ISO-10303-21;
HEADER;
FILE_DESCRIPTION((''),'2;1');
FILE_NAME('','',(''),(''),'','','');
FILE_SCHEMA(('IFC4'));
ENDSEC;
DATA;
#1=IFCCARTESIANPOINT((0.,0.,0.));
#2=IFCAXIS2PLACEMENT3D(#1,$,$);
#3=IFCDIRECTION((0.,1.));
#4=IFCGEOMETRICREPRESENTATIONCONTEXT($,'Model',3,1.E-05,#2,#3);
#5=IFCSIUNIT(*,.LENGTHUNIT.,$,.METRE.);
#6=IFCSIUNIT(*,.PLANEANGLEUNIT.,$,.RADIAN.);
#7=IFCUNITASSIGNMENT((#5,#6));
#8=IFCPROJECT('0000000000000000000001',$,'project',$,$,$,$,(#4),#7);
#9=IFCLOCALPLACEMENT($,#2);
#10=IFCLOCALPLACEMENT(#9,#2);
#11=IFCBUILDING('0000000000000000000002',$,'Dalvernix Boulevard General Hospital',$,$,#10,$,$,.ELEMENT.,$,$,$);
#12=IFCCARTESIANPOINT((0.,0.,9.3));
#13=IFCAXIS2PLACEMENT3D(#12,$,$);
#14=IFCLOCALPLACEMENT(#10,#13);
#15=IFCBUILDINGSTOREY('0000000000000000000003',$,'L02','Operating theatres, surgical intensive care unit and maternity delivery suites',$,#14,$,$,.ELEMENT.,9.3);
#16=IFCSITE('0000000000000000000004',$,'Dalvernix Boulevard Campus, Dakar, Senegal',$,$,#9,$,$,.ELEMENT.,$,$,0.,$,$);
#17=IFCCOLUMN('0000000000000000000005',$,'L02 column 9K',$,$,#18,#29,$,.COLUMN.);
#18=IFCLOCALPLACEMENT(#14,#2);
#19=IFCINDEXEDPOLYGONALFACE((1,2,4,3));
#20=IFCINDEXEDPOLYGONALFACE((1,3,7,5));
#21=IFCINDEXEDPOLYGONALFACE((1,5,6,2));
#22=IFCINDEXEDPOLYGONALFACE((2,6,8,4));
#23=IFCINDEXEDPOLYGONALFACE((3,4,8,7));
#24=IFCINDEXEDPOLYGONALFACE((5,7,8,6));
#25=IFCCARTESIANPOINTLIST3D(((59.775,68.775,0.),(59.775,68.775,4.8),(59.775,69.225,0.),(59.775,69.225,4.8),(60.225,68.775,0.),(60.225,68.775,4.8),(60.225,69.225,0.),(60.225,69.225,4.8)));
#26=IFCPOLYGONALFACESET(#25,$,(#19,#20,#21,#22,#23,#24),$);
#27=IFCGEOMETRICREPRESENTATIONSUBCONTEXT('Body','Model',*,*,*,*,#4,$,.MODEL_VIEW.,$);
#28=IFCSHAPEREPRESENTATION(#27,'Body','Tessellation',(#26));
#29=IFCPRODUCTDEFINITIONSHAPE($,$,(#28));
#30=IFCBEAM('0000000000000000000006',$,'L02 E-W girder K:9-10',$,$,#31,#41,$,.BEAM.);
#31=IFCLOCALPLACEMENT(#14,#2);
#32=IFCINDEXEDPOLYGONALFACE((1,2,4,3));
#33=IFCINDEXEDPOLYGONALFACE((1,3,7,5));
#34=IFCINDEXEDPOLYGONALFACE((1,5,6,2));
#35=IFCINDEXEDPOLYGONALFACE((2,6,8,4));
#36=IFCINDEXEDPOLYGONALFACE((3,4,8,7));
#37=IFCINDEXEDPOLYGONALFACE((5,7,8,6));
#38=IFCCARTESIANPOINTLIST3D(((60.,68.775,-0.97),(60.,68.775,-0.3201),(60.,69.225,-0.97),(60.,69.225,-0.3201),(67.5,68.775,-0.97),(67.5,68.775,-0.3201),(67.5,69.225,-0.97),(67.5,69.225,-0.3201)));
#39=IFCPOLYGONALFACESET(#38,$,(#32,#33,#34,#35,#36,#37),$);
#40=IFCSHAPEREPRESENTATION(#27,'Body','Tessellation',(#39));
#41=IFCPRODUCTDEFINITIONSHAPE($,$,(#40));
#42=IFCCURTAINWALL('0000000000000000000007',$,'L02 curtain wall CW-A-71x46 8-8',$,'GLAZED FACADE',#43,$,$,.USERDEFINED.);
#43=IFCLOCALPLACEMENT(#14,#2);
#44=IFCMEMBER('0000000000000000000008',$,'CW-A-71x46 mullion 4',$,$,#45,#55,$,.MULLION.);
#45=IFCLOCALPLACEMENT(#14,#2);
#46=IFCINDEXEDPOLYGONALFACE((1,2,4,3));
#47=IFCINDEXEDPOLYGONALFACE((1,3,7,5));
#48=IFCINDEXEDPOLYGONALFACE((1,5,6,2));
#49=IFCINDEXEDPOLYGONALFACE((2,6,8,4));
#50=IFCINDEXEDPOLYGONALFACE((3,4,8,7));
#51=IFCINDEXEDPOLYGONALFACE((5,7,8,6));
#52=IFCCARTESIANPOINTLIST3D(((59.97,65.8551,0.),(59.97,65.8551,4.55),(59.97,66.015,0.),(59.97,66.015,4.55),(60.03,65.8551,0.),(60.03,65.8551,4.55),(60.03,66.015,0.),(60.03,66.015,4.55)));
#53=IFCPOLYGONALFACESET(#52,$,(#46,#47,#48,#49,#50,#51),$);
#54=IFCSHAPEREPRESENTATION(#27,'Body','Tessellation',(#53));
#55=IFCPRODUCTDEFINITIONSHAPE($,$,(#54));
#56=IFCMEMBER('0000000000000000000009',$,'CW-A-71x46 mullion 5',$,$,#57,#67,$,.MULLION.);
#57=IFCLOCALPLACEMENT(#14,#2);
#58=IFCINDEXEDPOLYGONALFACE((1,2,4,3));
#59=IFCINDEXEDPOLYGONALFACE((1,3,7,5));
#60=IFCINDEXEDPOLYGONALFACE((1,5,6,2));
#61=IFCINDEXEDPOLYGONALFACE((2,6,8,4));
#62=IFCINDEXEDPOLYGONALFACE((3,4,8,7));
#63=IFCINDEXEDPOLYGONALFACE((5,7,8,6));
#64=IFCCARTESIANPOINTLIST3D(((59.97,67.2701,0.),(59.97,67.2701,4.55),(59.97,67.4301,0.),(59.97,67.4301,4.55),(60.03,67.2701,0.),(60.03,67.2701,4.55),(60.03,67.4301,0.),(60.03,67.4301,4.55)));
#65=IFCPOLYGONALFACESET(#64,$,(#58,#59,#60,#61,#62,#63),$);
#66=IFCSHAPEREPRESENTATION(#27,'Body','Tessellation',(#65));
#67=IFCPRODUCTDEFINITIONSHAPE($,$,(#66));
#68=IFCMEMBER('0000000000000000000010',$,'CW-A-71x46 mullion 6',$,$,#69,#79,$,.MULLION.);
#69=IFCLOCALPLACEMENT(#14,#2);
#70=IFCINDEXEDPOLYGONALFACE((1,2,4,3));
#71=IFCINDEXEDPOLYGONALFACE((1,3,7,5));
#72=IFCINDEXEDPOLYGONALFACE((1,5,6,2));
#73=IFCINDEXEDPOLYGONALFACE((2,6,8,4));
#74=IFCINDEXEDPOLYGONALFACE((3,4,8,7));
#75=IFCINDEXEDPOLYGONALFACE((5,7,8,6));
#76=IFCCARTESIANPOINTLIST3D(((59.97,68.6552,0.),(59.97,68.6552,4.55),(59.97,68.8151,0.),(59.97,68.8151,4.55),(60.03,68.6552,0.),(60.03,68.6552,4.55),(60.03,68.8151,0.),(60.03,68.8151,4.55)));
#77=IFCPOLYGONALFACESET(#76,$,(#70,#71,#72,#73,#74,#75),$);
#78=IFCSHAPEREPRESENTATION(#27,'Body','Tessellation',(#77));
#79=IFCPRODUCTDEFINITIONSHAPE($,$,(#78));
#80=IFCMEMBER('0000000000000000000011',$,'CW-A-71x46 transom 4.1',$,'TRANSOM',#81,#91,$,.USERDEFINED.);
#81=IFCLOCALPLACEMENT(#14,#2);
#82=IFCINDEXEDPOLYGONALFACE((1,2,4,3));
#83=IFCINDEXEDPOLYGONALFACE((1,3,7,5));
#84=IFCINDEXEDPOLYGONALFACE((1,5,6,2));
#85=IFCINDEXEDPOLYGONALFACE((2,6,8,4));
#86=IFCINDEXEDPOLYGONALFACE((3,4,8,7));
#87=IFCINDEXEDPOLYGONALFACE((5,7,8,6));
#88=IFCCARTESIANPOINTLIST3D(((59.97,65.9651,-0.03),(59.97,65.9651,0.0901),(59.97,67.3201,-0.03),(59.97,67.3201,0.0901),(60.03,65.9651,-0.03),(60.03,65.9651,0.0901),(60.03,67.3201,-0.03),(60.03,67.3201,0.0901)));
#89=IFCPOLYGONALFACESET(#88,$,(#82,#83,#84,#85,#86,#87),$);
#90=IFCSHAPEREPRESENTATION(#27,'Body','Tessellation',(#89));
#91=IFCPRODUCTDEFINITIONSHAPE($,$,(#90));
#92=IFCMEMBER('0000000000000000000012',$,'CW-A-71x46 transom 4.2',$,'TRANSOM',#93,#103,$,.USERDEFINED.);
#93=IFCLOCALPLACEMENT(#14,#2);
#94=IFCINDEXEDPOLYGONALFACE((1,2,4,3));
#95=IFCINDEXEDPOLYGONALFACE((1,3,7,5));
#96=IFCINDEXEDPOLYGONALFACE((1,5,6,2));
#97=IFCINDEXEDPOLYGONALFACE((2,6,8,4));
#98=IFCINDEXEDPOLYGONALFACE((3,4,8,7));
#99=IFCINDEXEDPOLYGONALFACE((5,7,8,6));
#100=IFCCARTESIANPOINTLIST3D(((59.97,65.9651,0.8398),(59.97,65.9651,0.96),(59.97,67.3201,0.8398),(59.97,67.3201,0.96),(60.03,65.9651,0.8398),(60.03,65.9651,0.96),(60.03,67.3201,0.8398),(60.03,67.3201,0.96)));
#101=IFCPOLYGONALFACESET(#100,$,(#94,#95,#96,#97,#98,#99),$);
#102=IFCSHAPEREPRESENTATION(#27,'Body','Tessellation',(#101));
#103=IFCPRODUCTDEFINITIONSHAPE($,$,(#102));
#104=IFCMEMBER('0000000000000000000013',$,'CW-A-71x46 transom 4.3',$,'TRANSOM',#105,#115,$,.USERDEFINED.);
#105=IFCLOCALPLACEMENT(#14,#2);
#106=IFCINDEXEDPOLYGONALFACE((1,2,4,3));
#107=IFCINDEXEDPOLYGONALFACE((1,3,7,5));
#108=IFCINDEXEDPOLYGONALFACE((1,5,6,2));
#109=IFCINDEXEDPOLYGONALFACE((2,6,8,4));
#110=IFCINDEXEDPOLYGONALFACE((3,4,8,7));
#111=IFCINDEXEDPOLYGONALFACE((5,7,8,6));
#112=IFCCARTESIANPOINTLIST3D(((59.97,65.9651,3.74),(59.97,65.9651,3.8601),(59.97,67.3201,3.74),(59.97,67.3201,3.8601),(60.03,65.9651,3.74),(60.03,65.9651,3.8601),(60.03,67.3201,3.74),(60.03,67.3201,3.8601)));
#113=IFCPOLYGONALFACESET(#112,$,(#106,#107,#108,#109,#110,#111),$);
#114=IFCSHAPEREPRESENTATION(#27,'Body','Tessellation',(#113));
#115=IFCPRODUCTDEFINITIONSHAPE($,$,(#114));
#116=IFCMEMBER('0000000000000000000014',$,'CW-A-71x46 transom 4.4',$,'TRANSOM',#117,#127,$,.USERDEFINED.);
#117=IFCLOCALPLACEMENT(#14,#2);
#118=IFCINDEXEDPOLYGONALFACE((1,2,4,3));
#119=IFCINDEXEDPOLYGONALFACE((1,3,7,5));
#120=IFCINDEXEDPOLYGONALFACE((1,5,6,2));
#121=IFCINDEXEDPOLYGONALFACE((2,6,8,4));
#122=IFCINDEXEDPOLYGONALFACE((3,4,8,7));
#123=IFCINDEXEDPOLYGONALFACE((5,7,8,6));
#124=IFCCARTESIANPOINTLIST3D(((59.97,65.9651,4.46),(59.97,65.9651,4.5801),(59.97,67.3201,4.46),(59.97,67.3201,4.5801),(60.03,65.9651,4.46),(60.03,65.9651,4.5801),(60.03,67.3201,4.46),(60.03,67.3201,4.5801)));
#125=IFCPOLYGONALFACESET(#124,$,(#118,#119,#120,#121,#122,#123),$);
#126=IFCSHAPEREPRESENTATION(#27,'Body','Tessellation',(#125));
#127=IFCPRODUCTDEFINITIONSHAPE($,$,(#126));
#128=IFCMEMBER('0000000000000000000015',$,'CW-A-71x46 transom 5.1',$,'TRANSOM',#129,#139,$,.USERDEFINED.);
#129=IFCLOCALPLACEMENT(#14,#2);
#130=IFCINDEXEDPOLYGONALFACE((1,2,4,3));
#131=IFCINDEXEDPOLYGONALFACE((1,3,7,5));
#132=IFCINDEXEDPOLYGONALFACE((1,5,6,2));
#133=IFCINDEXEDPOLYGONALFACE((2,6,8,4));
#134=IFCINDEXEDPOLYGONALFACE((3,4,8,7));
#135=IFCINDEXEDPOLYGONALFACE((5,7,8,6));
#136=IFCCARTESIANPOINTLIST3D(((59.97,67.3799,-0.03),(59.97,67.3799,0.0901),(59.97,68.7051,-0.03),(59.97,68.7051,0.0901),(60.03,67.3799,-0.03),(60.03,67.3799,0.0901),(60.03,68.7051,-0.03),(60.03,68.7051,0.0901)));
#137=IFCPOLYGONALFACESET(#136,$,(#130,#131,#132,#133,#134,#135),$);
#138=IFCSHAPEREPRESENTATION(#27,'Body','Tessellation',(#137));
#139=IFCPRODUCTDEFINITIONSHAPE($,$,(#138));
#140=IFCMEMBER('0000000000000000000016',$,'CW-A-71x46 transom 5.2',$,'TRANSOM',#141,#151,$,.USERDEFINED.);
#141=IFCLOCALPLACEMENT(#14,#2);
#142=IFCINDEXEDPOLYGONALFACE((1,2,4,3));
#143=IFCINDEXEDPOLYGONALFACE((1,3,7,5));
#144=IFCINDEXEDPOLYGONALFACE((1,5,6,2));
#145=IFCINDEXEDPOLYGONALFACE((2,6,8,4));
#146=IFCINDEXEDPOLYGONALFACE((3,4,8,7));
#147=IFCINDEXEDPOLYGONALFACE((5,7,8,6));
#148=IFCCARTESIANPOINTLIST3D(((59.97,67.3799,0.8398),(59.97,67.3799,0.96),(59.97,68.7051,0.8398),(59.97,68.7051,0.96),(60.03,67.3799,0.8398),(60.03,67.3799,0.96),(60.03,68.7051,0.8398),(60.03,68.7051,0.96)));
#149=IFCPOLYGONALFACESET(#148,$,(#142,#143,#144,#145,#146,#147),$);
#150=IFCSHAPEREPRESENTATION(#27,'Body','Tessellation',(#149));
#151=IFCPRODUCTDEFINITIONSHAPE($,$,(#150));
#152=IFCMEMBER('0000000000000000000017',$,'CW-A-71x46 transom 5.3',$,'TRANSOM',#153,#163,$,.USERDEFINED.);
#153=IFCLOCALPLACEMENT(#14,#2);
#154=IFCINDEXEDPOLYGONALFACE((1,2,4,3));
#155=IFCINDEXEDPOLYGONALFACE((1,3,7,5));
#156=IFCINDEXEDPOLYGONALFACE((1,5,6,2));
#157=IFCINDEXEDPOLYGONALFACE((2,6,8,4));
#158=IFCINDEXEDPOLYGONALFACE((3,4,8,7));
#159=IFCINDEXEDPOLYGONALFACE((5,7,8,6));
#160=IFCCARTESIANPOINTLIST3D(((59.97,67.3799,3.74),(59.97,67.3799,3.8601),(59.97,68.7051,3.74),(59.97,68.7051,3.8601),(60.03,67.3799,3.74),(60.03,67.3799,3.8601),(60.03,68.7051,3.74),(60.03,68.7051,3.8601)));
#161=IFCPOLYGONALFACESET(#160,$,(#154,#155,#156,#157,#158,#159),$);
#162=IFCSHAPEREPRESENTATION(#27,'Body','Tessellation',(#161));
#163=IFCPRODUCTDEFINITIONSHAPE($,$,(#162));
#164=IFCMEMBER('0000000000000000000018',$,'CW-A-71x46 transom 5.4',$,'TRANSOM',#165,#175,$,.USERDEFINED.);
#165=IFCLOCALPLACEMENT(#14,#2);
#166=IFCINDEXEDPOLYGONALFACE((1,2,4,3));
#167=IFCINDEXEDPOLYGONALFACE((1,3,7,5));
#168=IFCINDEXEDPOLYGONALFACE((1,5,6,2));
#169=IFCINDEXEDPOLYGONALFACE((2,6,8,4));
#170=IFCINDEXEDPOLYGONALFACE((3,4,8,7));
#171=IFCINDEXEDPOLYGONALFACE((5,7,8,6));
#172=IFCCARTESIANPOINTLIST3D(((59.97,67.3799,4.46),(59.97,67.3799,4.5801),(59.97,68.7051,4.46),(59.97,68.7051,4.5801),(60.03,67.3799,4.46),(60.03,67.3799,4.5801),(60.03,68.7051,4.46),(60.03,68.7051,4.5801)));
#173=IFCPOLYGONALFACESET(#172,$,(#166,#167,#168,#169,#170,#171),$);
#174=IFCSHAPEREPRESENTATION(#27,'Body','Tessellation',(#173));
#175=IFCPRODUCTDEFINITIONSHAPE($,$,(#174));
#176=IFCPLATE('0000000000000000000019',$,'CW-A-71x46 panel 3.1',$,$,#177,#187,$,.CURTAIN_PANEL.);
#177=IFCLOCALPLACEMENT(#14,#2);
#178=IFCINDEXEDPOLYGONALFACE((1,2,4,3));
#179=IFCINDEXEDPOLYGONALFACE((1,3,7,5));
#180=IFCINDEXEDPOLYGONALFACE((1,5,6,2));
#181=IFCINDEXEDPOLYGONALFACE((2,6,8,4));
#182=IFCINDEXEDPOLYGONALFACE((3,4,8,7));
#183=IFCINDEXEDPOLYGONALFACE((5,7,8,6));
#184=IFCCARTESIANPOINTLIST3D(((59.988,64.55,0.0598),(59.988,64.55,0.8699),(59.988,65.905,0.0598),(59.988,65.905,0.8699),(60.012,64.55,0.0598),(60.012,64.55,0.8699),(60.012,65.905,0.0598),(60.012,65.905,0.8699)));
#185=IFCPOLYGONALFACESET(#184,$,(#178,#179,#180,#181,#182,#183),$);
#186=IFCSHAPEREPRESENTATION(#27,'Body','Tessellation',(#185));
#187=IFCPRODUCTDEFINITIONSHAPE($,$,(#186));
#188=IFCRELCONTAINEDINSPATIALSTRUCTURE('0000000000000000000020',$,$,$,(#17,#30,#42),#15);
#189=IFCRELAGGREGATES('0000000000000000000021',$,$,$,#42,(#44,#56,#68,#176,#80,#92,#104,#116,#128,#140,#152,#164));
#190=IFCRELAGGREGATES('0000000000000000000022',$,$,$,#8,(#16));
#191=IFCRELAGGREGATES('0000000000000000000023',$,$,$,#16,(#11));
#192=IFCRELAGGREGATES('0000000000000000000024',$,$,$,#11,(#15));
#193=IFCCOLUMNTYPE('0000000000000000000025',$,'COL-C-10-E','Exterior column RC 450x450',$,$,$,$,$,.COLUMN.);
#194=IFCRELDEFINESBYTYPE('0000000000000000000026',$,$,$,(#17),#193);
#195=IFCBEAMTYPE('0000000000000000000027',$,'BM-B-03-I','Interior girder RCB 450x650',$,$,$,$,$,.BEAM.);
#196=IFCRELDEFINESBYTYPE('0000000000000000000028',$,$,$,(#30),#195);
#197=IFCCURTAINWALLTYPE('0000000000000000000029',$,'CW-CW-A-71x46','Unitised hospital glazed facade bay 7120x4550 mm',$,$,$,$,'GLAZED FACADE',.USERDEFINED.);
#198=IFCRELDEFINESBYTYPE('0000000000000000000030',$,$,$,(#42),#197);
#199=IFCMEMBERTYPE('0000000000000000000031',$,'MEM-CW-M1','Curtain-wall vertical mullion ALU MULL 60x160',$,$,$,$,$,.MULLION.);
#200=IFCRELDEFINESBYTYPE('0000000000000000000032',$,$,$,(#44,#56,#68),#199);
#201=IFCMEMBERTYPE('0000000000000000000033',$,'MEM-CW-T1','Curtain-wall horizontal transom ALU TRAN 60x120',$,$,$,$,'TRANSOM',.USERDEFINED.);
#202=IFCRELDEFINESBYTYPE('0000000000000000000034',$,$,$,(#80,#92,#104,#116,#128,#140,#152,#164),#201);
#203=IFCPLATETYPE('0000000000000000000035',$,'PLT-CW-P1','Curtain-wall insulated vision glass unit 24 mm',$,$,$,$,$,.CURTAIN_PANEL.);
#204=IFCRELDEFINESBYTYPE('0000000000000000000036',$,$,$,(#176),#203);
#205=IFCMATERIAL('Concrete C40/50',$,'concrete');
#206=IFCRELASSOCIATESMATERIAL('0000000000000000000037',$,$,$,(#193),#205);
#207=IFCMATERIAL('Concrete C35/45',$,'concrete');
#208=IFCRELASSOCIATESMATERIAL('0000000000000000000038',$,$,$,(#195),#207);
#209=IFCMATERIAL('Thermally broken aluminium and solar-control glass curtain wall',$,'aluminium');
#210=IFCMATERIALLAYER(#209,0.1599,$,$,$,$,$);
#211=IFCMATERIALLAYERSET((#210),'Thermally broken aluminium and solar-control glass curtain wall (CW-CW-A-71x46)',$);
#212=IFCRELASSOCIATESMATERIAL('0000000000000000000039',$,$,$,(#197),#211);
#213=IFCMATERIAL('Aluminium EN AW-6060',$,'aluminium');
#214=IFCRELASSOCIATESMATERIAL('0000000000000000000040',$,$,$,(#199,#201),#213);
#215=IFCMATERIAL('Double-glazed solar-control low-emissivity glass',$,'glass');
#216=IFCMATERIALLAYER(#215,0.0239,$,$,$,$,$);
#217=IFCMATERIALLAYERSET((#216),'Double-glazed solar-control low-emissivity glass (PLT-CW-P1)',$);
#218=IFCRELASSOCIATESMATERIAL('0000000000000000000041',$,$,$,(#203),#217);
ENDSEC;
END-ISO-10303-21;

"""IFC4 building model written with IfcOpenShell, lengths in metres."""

from ifc_helpers import new_model, si_unit, direction, frame, origin, origin_2d, place, context, subcontext, project, spatial, rectangle, extrude, material, layer, layer_set, material_profile, profile_set, type_object, element, aggregate, save


model = new_model("IFC4")

# Units and contexts
model_context = context("Model", 3, precision=1e-05, world=origin(), true_north=direction((0.0, 1.0)))
body_context = subcontext(model_context, "Body", "Model", "MODEL_VIEW")
ifc_project = project(units=[si_unit("LENGTHUNIT", "METRE"), si_unit("PLANEANGLEUNIT", "RADIAN")], contexts=[model_context])

# Site, building, storey
site_placement = place(None, origin())
site = spatial("IfcSite", under=ifc_project, at=site_placement, Name="Dalvernix Boulevard Campus, Dakar, Senegal", CompositionType="ELEMENT", RefElevation=0.0)
building_placement = place(site_placement, origin())
building = spatial("IfcBuilding", under=site, at=building_placement, Name="Dalvernix Boulevard General Hospital", CompositionType="ELEMENT")
storey_placement = place(building_placement, frame((0.0, 0.0, 9.3)))
storey = spatial("IfcBuildingStorey", under=building, at=storey_placement, Name="L02", Description="Operating theatres, surgical intensive care unit and maternity delivery suites", CompositionType="ELEMENT", Elevation=9.3)

# Column
ifc_material_1 = material(Name="Concrete C40/50", Category="concrete")
ifc_material_profile_1 = material_profile(ifc_material_1, rectangle(XDim=0.45, YDim=0.45, at=origin_2d()), Name="RC 450x450")
ifc_profile_set_1 = profile_set([ifc_material_profile_1], Name="Concrete C40/50")
column_type = type_object("IfcColumnType", Name="COL-C-10-E", Description="Exterior column RC 450x450", PredefinedType="COLUMN", material=ifc_profile_set_1)
column_placement = place(storey_placement, frame((60.0, 69.0, 0.0), z_axis=(0.0, 0.0, 1.0), x_axis=(1.0, 0.0, 0.0)))
element("IfcColumn", 1, at=column_placement, inside=storey, type_object=column_type, Name="L02 column 9K", PredefinedType="COLUMN", context=body_context, shape_type="SweptSolid", body=[
    extrude(rectangle(XDim=0.45, YDim=0.45, at=origin_2d()), origin(), (0.0, 0.0, 1.0), 4.8),
])

# Beam
ifc_material_2 = material(Name="Concrete C35/45", Category="concrete")
ifc_material_profile_2 = material_profile(ifc_material_2, rectangle(XDim=0.45, YDim=0.6499, at=origin_2d()), Name="RCB 450x650")
ifc_profile_set_2 = profile_set([ifc_material_profile_2], Name="Concrete C35/45")
beam_type = type_object("IfcBeamType", Name="BM-B-03-I", Description="Interior girder RCB 450x650", PredefinedType="BEAM", material=ifc_profile_set_2)
beam_placement = place(storey_placement, frame((60.0, 69.0, -0.645), z_axis=(1.0, 0.0, 0.0), x_axis=(0.0, 1.0, 0.0)))
element("IfcBeam", 2, at=beam_placement, inside=storey, type_object=beam_type, Name="L02 E-W girder K:9-10", PredefinedType="BEAM", context=body_context, shape_type="SweptSolid", body=[
    extrude(rectangle(XDim=0.45, YDim=0.6499, at=origin_2d()), origin(), (0.0, 0.0, 1.0), 7.5),
])

# Curtain wall, members, plate
ifc_material_3 = material(Name="Thermally broken aluminium and solar-control glass curtain wall", Category="aluminium")
ifc_layer_1 = layer(ifc_material_3, 0.1599)
ifc_layer_set_1 = layer_set([ifc_layer_1], Name="Thermally broken aluminium and solar-control glass curtain wall (CW-CW-A-71x46)")
curtain_wall_type = type_object("IfcCurtainWallType", Name="CW-CW-A-71x46", Description="Unitised hospital glazed facade bay 7120x4550 mm", ElementType="GLAZED FACADE", PredefinedType="USERDEFINED", material=ifc_layer_set_1)
curtain_wall_placement = place(storey_placement, origin())
curtain_wall = element("IfcCurtainWall", 3, at=curtain_wall_placement, inside=storey, type_object=curtain_wall_type, Name="L02 curtain wall CW-A-71x46 8-8", ObjectType="GLAZED FACADE", PredefinedType="USERDEFINED")
ifc_material_4 = material(Name="Aluminium EN AW-6060", Category="aluminium")
ifc_material_profile_3 = material_profile(ifc_material_4, rectangle(XDim=0.0601, YDim=0.1599, at=origin_2d()), Name="ALU MULL 60x160")
ifc_profile_set_3 = profile_set([ifc_material_profile_3], Name="Aluminium EN AW-6060")
member_type_1 = type_object("IfcMemberType", Name="MEM-CW-M1", Description="Curtain-wall vertical mullion ALU MULL 60x160", PredefinedType="MULLION", material=ifc_profile_set_3)
member_1_placement = place(storey_placement, frame((60.0, 65.9351, 0.0), z_axis=(0.0, 0.0, 1.0), x_axis=(-1.0, 0.0, 0.0)))
member_1 = element("IfcMember", 4, at=member_1_placement, type_object=member_type_1, Name="CW-A-71x46 mullion 4", PredefinedType="MULLION", context=body_context, shape_type="SweptSolid", body=[
    extrude(rectangle(XDim=0.0601, YDim=0.1599, at=origin_2d()), origin(), (0.0, 0.0, 1.0), 4.55),
])
member_2_placement = place(storey_placement, frame((60.0, 67.3501, 0.0), z_axis=(0.0, 0.0, 1.0), x_axis=(-1.0, 0.0, 0.0)))
member_2 = element("IfcMember", 5, at=member_2_placement, type_object=member_type_1, Name="CW-A-71x46 mullion 5", PredefinedType="MULLION", context=body_context, shape_type="SweptSolid", body=[
    extrude(rectangle(XDim=0.0601, YDim=0.1599, at=origin_2d()), origin(), (0.0, 0.0, 1.0), 4.55),
])
member_3_placement = place(storey_placement, frame((60.0, 68.7351, 0.0), z_axis=(0.0, 0.0, 1.0), x_axis=(-1.0, 0.0, 0.0)))
member_3 = element("IfcMember", 6, at=member_3_placement, type_object=member_type_1, Name="CW-A-71x46 mullion 6", PredefinedType="MULLION", context=body_context, shape_type="SweptSolid", body=[
    extrude(rectangle(XDim=0.0601, YDim=0.1599, at=origin_2d()), origin(), (0.0, 0.0, 1.0), 4.55),
])
ifc_material_profile_4 = material_profile(ifc_material_4, rectangle(XDim=0.0601, YDim=0.1201, at=origin_2d()), Name="ALU TRAN 60x120")
ifc_profile_set_4 = profile_set([ifc_material_profile_4], Name="Aluminium EN AW-6060")
member_type_2 = type_object("IfcMemberType", Name="MEM-CW-T1", Description="Curtain-wall horizontal transom ALU TRAN 60x120", ElementType="TRANSOM", PredefinedType="USERDEFINED", material=ifc_profile_set_4)
member_4_placement = place(storey_placement, frame((60.0, 65.9651, 0.03), z_axis=(0.0, 1.0, 0.0), x_axis=(-1.0, 0.0, 0.0)))
member_4 = element("IfcMember", 7, at=member_4_placement, type_object=member_type_2, Name="CW-A-71x46 transom 4.1", ObjectType="TRANSOM", PredefinedType="USERDEFINED", context=body_context, shape_type="SweptSolid", body=[
    extrude(rectangle(XDim=0.0601, YDim=0.1201, at=origin_2d()), origin(), (0.0, 0.0, 1.0), 1.355),
])
member_5_placement = place(storey_placement, frame((60.0, 65.9651, 0.8999), z_axis=(0.0, 1.0, 0.0), x_axis=(-1.0, 0.0, 0.0)))
member_5 = element("IfcMember", 8, at=member_5_placement, type_object=member_type_2, Name="CW-A-71x46 transom 4.2", ObjectType="TRANSOM", PredefinedType="USERDEFINED", context=body_context, shape_type="SweptSolid", body=[
    extrude(rectangle(XDim=0.0601, YDim=0.1201, at=origin_2d()), origin(), (0.0, 0.0, 1.0), 1.355),
])
member_6_placement = place(storey_placement, frame((60.0, 65.9651, 3.8), z_axis=(0.0, 1.0, 0.0), x_axis=(-1.0, 0.0, 0.0)))
member_6 = element("IfcMember", 9, at=member_6_placement, type_object=member_type_2, Name="CW-A-71x46 transom 4.3", ObjectType="TRANSOM", PredefinedType="USERDEFINED", context=body_context, shape_type="SweptSolid", body=[
    extrude(rectangle(XDim=0.0601, YDim=0.1201, at=origin_2d()), origin(), (0.0, 0.0, 1.0), 1.355),
])
member_7_placement = place(storey_placement, frame((60.0, 65.9651, 4.52), z_axis=(0.0, 1.0, 0.0), x_axis=(-1.0, 0.0, 0.0)))
member_7 = element("IfcMember", 10, at=member_7_placement, type_object=member_type_2, Name="CW-A-71x46 transom 4.4", ObjectType="TRANSOM", PredefinedType="USERDEFINED", context=body_context, shape_type="SweptSolid", body=[
    extrude(rectangle(XDim=0.0601, YDim=0.1201, at=origin_2d()), origin(), (0.0, 0.0, 1.0), 1.355),
])
member_8_placement = place(storey_placement, frame((60.0, 67.3799, 0.03), z_axis=(0.0, 1.0, 0.0), x_axis=(-1.0, 0.0, 0.0)))
member_8 = element("IfcMember", 11, at=member_8_placement, type_object=member_type_2, Name="CW-A-71x46 transom 5.1", ObjectType="TRANSOM", PredefinedType="USERDEFINED", context=body_context, shape_type="SweptSolid", body=[
    extrude(rectangle(XDim=0.0601, YDim=0.1201, at=origin_2d()), origin(), (0.0, 0.0, 1.0), 1.3252),
])
member_9_placement = place(storey_placement, frame((60.0, 67.3799, 0.8999), z_axis=(0.0, 1.0, 0.0), x_axis=(-1.0, 0.0, 0.0)))
member_9 = element("IfcMember", 12, at=member_9_placement, type_object=member_type_2, Name="CW-A-71x46 transom 5.2", ObjectType="TRANSOM", PredefinedType="USERDEFINED", context=body_context, shape_type="SweptSolid", body=[
    extrude(rectangle(XDim=0.0601, YDim=0.1201, at=origin_2d()), origin(), (0.0, 0.0, 1.0), 1.3252),
])
member_10_placement = place(storey_placement, frame((60.0, 67.3799, 3.8), z_axis=(0.0, 1.0, 0.0), x_axis=(-1.0, 0.0, 0.0)))
member_10 = element("IfcMember", 13, at=member_10_placement, type_object=member_type_2, Name="CW-A-71x46 transom 5.3", ObjectType="TRANSOM", PredefinedType="USERDEFINED", context=body_context, shape_type="SweptSolid", body=[
    extrude(rectangle(XDim=0.0601, YDim=0.1201, at=origin_2d()), origin(), (0.0, 0.0, 1.0), 1.3252),
])
member_11_placement = place(storey_placement, frame((60.0, 67.3799, 4.52), z_axis=(0.0, 1.0, 0.0), x_axis=(-1.0, 0.0, 0.0)))
member_11 = element("IfcMember", 14, at=member_11_placement, type_object=member_type_2, Name="CW-A-71x46 transom 5.4", ObjectType="TRANSOM", PredefinedType="USERDEFINED", context=body_context, shape_type="SweptSolid", body=[
    extrude(rectangle(XDim=0.0601, YDim=0.1201, at=origin_2d()), origin(), (0.0, 0.0, 1.0), 1.3252),
])
ifc_material_5 = material(Name="Double-glazed solar-control low-emissivity glass", Category="glass")
ifc_layer_2 = layer(ifc_material_5, 0.0239)
ifc_layer_set_2 = layer_set([ifc_layer_2], Name="Double-glazed solar-control low-emissivity glass (PLT-CW-P1)")
plate_type = type_object("IfcPlateType", Name="PLT-CW-P1", Description="Curtain-wall insulated vision glass unit 24 mm", PredefinedType="CURTAIN_PANEL", material=ifc_layer_set_2)
plate_1_placement = place(storey_placement, frame((60.0, 65.2275, 0.0598), z_axis=(0.0, 0.0, 1.0), x_axis=(0.0, 1.0, 0.0)))
plate_1 = element("IfcPlate", 15, at=plate_1_placement, type_object=plate_type, Name="CW-A-71x46 panel 3.1", PredefinedType="CURTAIN_PANEL", context=body_context, shape_type="SweptSolid", body=[
    extrude(rectangle(XDim=1.355, YDim=0.0239, at=origin_2d()), origin(), (0.0, 0.0, 1.0), 0.8101),
])
aggregate(curtain_wall, [member_1, member_2, member_3, plate_1, member_4, member_5, member_6, member_7, member_8, member_9, member_10, member_11])

save(model, "model.ifc")
